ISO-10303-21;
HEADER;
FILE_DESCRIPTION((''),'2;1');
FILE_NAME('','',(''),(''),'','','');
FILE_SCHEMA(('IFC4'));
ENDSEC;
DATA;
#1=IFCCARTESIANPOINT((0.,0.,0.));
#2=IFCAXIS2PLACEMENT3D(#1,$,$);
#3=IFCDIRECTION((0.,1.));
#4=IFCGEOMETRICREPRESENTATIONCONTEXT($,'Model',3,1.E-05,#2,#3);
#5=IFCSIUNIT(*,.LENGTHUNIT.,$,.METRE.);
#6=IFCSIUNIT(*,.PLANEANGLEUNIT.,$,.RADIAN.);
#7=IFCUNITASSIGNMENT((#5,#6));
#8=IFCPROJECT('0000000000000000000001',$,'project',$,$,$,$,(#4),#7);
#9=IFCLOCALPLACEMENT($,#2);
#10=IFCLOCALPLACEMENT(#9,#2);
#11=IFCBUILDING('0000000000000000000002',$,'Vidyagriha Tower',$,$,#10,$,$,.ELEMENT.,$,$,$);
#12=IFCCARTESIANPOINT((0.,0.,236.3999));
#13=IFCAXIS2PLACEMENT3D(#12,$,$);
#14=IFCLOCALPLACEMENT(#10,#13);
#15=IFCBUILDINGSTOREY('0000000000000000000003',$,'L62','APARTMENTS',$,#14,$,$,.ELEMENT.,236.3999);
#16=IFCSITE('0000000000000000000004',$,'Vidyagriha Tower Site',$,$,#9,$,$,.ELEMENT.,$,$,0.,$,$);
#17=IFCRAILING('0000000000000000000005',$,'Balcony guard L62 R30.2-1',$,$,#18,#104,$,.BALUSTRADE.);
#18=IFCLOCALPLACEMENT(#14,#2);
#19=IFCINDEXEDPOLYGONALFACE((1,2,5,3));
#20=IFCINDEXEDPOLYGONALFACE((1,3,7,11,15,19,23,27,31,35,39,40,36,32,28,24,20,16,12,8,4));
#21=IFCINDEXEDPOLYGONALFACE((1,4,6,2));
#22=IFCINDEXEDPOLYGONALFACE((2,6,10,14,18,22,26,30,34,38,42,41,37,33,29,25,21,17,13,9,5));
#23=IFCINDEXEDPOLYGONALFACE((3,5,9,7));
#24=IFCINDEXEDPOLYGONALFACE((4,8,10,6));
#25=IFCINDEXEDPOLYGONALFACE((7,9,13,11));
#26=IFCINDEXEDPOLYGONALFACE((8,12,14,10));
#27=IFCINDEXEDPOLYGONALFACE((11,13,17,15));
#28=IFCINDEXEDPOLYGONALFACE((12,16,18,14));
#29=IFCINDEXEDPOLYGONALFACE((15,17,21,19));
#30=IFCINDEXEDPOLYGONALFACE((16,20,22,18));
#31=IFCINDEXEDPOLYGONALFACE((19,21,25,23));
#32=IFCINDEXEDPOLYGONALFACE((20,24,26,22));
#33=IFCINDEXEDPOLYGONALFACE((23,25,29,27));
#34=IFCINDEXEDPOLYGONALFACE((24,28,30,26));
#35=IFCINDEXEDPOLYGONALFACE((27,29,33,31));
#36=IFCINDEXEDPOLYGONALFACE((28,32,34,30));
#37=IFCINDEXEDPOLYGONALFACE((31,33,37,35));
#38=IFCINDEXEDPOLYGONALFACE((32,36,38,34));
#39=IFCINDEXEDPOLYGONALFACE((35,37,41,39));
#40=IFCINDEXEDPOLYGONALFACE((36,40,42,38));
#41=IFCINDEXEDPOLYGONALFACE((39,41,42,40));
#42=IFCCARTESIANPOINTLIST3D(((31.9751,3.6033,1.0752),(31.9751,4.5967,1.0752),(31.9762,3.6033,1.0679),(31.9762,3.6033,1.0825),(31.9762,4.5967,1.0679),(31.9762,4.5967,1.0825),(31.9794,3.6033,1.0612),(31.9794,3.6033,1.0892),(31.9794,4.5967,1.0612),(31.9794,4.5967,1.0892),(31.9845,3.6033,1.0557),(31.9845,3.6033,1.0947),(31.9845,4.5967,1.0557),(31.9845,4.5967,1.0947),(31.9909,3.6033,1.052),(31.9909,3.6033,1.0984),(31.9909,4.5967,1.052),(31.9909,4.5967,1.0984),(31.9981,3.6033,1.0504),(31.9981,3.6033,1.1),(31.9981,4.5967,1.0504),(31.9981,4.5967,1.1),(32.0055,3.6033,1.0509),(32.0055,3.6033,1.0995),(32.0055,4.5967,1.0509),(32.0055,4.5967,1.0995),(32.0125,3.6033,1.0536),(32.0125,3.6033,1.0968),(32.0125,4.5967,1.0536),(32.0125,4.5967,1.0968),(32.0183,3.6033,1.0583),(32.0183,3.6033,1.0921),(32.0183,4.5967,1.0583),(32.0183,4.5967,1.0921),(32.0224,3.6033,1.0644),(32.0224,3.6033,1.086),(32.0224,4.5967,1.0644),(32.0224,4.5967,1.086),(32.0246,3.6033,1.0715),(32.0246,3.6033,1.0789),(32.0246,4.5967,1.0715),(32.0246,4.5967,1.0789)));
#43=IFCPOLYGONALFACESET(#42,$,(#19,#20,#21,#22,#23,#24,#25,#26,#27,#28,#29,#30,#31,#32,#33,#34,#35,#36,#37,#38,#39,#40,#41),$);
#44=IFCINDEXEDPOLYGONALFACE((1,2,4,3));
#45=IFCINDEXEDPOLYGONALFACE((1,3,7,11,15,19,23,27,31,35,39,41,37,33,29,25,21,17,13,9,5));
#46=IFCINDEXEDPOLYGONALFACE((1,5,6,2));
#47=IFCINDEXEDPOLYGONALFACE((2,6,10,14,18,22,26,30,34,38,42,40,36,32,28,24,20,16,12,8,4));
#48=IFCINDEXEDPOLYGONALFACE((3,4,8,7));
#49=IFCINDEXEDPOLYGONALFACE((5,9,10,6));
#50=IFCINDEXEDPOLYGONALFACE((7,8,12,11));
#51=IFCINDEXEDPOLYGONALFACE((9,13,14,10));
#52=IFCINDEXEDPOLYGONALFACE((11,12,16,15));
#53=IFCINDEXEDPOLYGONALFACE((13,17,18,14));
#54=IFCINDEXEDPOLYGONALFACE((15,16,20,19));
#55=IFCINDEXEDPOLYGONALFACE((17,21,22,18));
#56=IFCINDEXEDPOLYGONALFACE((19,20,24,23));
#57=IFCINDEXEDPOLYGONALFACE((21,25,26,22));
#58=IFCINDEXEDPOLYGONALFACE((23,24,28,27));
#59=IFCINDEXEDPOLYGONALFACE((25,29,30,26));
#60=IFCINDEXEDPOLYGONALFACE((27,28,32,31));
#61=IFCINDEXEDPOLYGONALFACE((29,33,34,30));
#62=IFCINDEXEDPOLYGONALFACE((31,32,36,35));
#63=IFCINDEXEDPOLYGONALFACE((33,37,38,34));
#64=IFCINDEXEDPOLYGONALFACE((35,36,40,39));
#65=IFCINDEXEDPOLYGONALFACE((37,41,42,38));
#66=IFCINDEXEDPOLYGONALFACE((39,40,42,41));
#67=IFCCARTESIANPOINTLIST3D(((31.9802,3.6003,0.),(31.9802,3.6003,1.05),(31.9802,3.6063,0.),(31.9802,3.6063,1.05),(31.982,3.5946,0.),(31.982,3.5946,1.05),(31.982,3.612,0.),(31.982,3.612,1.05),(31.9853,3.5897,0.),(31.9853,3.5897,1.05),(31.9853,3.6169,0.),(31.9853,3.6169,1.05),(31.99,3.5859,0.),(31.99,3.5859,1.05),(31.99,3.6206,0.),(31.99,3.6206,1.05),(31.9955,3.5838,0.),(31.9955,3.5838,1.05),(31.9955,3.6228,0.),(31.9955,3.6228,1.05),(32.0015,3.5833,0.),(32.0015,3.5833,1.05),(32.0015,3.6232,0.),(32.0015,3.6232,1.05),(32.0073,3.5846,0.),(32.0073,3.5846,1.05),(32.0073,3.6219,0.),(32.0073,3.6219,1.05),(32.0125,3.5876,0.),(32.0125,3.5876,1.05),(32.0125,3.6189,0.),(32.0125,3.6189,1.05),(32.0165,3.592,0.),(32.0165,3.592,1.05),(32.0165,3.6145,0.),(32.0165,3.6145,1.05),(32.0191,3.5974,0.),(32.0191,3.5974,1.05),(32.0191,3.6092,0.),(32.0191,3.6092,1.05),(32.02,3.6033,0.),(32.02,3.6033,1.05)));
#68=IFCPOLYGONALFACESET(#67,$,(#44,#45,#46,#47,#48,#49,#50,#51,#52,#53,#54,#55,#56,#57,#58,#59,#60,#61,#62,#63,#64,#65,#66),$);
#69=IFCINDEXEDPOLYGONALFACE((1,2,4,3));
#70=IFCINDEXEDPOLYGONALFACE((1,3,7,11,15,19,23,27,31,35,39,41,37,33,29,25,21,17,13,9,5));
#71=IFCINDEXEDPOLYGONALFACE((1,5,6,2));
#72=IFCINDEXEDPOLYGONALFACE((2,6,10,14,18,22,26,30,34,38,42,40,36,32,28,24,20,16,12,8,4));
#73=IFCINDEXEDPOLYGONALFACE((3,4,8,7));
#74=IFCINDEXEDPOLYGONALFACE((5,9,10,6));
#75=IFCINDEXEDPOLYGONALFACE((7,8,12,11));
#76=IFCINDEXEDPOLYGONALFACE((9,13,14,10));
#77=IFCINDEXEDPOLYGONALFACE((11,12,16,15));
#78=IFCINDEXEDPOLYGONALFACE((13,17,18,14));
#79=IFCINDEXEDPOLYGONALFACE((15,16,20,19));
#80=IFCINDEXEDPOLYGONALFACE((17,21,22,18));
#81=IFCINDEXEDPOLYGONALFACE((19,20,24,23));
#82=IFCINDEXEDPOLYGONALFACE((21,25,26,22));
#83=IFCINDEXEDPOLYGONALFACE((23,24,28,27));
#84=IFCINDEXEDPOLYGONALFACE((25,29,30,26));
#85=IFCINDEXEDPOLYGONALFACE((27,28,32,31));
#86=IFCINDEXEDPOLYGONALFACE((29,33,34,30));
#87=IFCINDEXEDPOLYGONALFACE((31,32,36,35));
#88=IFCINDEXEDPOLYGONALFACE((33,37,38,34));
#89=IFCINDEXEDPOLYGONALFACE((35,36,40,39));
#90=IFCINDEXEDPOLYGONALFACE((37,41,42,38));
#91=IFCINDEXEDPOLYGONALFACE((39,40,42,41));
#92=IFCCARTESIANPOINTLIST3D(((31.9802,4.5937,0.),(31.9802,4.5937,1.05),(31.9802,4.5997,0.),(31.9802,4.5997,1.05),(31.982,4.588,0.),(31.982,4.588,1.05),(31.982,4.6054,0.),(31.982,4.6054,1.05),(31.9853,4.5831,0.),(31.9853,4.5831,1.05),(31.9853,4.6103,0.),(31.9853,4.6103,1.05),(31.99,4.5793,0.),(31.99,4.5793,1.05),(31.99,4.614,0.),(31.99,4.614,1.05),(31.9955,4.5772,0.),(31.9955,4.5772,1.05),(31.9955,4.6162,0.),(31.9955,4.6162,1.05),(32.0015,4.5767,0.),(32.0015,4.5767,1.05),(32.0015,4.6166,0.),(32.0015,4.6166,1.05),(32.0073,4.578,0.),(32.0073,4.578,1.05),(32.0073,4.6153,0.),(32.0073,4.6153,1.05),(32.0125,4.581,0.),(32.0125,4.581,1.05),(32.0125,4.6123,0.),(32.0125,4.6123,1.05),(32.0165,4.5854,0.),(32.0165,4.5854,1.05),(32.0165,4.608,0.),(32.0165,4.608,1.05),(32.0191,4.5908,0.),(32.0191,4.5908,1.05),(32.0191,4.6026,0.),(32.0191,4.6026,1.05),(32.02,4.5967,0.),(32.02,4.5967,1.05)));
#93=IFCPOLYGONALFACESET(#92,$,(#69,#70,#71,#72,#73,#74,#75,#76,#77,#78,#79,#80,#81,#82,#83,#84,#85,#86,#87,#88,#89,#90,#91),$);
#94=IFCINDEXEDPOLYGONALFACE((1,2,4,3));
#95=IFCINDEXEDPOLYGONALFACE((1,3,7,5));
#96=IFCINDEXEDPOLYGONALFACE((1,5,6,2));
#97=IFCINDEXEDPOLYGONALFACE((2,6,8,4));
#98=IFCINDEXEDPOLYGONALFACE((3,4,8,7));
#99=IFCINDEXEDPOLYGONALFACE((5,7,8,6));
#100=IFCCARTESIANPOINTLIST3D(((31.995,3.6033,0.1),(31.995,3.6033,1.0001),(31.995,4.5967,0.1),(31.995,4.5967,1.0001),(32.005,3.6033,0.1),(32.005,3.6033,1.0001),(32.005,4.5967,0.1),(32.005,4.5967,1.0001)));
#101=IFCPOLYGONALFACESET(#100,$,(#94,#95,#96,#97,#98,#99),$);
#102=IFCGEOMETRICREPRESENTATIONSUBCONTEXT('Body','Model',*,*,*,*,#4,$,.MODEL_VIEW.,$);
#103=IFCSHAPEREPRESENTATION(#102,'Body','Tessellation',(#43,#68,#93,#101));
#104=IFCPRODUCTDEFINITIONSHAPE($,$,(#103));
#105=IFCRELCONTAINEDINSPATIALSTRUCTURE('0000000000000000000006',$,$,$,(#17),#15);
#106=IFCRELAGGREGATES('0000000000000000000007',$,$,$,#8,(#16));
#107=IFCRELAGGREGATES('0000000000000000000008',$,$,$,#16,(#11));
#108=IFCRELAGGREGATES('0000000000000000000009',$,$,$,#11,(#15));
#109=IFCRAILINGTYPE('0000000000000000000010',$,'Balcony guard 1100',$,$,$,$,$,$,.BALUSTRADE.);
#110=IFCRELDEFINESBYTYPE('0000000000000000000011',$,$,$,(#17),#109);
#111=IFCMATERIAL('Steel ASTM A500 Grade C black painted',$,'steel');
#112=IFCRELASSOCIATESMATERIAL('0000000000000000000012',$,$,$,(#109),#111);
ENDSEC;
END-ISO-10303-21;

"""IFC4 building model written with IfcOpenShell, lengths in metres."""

from ifc_helpers import new_model, si_unit, direction, frame, origin, origin_2d, place, context, subcontext, project, spatial, rectangle, circle, extrude, material, type_object, element, save


model = new_model("IFC4")

# Units and contexts
model_context = context("Model", 3, precision=1e-05, world=origin(), true_north=direction((0.0, 1.0)))
body_context = subcontext(model_context, "Body", "Model", "MODEL_VIEW")
ifc_project = project(units=[si_unit("LENGTHUNIT", "METRE"), si_unit("PLANEANGLEUNIT", "RADIAN")], contexts=[model_context])

# Site, building, storey
site_placement = place(None, origin())
site = spatial("IfcSite", under=ifc_project, at=site_placement, Name="Vidyagriha Tower Site", CompositionType="ELEMENT", RefElevation=0.0)
building_placement = place(site_placement, origin())
building = spatial("IfcBuilding", under=site, at=building_placement, Name="Vidyagriha Tower", CompositionType="ELEMENT")
storey_placement = place(building_placement, frame((0.0, 0.0, 236.3999)))
storey = spatial("IfcBuildingStorey", under=building, at=storey_placement, Name="L62", Description="APARTMENTS", CompositionType="ELEMENT", Elevation=236.3999)

# Railing
ifc_material_1 = material(Name="Steel ASTM A500 Grade C black painted", Category="steel")
railing_type_1 = type_object("IfcRailingType", Name="Balcony guard 1100", PredefinedType="BALUSTRADE", material=ifc_material_1)
railing_1_placement = place(storey_placement, frame((32.0, 3.6033, 0.0)))
element("IfcRailing", 1, at=railing_1_placement, inside=storey, type_object=railing_type_1, Name="Balcony guard L62 R30.2-1", PredefinedType="BALUSTRADE", context=body_context, shape_type="SweptSolid", body=[
    extrude(circle(Radius=0.0249, at=origin_2d()), frame((0.0, 0.0, 1.0752), z_axis=(0.0, 1.0, 0.0), x_axis=(-1.0, 0.0, 0.0)), (0.0, 0.0, 1.0), 0.9934),
    extrude(circle(Radius=0.02, at=origin_2d()), origin(), (0.0, 0.0, 1.0), 1.05),
    extrude(circle(Radius=0.02, at=origin_2d()), frame((0.0, 0.9934, 0.0)), (0.0, 0.0, 1.0), 1.05),
    extrude(rectangle(XDim=0.01, YDim=0.9001, at=origin_2d()), frame((0.0, 0.0, 0.55), z_axis=(0.0, 1.0, 0.0), x_axis=(-1.0, 0.0, 0.0)), (0.0, 0.0, 1.0), 0.9934),
])

save(model, "model.ifc")
